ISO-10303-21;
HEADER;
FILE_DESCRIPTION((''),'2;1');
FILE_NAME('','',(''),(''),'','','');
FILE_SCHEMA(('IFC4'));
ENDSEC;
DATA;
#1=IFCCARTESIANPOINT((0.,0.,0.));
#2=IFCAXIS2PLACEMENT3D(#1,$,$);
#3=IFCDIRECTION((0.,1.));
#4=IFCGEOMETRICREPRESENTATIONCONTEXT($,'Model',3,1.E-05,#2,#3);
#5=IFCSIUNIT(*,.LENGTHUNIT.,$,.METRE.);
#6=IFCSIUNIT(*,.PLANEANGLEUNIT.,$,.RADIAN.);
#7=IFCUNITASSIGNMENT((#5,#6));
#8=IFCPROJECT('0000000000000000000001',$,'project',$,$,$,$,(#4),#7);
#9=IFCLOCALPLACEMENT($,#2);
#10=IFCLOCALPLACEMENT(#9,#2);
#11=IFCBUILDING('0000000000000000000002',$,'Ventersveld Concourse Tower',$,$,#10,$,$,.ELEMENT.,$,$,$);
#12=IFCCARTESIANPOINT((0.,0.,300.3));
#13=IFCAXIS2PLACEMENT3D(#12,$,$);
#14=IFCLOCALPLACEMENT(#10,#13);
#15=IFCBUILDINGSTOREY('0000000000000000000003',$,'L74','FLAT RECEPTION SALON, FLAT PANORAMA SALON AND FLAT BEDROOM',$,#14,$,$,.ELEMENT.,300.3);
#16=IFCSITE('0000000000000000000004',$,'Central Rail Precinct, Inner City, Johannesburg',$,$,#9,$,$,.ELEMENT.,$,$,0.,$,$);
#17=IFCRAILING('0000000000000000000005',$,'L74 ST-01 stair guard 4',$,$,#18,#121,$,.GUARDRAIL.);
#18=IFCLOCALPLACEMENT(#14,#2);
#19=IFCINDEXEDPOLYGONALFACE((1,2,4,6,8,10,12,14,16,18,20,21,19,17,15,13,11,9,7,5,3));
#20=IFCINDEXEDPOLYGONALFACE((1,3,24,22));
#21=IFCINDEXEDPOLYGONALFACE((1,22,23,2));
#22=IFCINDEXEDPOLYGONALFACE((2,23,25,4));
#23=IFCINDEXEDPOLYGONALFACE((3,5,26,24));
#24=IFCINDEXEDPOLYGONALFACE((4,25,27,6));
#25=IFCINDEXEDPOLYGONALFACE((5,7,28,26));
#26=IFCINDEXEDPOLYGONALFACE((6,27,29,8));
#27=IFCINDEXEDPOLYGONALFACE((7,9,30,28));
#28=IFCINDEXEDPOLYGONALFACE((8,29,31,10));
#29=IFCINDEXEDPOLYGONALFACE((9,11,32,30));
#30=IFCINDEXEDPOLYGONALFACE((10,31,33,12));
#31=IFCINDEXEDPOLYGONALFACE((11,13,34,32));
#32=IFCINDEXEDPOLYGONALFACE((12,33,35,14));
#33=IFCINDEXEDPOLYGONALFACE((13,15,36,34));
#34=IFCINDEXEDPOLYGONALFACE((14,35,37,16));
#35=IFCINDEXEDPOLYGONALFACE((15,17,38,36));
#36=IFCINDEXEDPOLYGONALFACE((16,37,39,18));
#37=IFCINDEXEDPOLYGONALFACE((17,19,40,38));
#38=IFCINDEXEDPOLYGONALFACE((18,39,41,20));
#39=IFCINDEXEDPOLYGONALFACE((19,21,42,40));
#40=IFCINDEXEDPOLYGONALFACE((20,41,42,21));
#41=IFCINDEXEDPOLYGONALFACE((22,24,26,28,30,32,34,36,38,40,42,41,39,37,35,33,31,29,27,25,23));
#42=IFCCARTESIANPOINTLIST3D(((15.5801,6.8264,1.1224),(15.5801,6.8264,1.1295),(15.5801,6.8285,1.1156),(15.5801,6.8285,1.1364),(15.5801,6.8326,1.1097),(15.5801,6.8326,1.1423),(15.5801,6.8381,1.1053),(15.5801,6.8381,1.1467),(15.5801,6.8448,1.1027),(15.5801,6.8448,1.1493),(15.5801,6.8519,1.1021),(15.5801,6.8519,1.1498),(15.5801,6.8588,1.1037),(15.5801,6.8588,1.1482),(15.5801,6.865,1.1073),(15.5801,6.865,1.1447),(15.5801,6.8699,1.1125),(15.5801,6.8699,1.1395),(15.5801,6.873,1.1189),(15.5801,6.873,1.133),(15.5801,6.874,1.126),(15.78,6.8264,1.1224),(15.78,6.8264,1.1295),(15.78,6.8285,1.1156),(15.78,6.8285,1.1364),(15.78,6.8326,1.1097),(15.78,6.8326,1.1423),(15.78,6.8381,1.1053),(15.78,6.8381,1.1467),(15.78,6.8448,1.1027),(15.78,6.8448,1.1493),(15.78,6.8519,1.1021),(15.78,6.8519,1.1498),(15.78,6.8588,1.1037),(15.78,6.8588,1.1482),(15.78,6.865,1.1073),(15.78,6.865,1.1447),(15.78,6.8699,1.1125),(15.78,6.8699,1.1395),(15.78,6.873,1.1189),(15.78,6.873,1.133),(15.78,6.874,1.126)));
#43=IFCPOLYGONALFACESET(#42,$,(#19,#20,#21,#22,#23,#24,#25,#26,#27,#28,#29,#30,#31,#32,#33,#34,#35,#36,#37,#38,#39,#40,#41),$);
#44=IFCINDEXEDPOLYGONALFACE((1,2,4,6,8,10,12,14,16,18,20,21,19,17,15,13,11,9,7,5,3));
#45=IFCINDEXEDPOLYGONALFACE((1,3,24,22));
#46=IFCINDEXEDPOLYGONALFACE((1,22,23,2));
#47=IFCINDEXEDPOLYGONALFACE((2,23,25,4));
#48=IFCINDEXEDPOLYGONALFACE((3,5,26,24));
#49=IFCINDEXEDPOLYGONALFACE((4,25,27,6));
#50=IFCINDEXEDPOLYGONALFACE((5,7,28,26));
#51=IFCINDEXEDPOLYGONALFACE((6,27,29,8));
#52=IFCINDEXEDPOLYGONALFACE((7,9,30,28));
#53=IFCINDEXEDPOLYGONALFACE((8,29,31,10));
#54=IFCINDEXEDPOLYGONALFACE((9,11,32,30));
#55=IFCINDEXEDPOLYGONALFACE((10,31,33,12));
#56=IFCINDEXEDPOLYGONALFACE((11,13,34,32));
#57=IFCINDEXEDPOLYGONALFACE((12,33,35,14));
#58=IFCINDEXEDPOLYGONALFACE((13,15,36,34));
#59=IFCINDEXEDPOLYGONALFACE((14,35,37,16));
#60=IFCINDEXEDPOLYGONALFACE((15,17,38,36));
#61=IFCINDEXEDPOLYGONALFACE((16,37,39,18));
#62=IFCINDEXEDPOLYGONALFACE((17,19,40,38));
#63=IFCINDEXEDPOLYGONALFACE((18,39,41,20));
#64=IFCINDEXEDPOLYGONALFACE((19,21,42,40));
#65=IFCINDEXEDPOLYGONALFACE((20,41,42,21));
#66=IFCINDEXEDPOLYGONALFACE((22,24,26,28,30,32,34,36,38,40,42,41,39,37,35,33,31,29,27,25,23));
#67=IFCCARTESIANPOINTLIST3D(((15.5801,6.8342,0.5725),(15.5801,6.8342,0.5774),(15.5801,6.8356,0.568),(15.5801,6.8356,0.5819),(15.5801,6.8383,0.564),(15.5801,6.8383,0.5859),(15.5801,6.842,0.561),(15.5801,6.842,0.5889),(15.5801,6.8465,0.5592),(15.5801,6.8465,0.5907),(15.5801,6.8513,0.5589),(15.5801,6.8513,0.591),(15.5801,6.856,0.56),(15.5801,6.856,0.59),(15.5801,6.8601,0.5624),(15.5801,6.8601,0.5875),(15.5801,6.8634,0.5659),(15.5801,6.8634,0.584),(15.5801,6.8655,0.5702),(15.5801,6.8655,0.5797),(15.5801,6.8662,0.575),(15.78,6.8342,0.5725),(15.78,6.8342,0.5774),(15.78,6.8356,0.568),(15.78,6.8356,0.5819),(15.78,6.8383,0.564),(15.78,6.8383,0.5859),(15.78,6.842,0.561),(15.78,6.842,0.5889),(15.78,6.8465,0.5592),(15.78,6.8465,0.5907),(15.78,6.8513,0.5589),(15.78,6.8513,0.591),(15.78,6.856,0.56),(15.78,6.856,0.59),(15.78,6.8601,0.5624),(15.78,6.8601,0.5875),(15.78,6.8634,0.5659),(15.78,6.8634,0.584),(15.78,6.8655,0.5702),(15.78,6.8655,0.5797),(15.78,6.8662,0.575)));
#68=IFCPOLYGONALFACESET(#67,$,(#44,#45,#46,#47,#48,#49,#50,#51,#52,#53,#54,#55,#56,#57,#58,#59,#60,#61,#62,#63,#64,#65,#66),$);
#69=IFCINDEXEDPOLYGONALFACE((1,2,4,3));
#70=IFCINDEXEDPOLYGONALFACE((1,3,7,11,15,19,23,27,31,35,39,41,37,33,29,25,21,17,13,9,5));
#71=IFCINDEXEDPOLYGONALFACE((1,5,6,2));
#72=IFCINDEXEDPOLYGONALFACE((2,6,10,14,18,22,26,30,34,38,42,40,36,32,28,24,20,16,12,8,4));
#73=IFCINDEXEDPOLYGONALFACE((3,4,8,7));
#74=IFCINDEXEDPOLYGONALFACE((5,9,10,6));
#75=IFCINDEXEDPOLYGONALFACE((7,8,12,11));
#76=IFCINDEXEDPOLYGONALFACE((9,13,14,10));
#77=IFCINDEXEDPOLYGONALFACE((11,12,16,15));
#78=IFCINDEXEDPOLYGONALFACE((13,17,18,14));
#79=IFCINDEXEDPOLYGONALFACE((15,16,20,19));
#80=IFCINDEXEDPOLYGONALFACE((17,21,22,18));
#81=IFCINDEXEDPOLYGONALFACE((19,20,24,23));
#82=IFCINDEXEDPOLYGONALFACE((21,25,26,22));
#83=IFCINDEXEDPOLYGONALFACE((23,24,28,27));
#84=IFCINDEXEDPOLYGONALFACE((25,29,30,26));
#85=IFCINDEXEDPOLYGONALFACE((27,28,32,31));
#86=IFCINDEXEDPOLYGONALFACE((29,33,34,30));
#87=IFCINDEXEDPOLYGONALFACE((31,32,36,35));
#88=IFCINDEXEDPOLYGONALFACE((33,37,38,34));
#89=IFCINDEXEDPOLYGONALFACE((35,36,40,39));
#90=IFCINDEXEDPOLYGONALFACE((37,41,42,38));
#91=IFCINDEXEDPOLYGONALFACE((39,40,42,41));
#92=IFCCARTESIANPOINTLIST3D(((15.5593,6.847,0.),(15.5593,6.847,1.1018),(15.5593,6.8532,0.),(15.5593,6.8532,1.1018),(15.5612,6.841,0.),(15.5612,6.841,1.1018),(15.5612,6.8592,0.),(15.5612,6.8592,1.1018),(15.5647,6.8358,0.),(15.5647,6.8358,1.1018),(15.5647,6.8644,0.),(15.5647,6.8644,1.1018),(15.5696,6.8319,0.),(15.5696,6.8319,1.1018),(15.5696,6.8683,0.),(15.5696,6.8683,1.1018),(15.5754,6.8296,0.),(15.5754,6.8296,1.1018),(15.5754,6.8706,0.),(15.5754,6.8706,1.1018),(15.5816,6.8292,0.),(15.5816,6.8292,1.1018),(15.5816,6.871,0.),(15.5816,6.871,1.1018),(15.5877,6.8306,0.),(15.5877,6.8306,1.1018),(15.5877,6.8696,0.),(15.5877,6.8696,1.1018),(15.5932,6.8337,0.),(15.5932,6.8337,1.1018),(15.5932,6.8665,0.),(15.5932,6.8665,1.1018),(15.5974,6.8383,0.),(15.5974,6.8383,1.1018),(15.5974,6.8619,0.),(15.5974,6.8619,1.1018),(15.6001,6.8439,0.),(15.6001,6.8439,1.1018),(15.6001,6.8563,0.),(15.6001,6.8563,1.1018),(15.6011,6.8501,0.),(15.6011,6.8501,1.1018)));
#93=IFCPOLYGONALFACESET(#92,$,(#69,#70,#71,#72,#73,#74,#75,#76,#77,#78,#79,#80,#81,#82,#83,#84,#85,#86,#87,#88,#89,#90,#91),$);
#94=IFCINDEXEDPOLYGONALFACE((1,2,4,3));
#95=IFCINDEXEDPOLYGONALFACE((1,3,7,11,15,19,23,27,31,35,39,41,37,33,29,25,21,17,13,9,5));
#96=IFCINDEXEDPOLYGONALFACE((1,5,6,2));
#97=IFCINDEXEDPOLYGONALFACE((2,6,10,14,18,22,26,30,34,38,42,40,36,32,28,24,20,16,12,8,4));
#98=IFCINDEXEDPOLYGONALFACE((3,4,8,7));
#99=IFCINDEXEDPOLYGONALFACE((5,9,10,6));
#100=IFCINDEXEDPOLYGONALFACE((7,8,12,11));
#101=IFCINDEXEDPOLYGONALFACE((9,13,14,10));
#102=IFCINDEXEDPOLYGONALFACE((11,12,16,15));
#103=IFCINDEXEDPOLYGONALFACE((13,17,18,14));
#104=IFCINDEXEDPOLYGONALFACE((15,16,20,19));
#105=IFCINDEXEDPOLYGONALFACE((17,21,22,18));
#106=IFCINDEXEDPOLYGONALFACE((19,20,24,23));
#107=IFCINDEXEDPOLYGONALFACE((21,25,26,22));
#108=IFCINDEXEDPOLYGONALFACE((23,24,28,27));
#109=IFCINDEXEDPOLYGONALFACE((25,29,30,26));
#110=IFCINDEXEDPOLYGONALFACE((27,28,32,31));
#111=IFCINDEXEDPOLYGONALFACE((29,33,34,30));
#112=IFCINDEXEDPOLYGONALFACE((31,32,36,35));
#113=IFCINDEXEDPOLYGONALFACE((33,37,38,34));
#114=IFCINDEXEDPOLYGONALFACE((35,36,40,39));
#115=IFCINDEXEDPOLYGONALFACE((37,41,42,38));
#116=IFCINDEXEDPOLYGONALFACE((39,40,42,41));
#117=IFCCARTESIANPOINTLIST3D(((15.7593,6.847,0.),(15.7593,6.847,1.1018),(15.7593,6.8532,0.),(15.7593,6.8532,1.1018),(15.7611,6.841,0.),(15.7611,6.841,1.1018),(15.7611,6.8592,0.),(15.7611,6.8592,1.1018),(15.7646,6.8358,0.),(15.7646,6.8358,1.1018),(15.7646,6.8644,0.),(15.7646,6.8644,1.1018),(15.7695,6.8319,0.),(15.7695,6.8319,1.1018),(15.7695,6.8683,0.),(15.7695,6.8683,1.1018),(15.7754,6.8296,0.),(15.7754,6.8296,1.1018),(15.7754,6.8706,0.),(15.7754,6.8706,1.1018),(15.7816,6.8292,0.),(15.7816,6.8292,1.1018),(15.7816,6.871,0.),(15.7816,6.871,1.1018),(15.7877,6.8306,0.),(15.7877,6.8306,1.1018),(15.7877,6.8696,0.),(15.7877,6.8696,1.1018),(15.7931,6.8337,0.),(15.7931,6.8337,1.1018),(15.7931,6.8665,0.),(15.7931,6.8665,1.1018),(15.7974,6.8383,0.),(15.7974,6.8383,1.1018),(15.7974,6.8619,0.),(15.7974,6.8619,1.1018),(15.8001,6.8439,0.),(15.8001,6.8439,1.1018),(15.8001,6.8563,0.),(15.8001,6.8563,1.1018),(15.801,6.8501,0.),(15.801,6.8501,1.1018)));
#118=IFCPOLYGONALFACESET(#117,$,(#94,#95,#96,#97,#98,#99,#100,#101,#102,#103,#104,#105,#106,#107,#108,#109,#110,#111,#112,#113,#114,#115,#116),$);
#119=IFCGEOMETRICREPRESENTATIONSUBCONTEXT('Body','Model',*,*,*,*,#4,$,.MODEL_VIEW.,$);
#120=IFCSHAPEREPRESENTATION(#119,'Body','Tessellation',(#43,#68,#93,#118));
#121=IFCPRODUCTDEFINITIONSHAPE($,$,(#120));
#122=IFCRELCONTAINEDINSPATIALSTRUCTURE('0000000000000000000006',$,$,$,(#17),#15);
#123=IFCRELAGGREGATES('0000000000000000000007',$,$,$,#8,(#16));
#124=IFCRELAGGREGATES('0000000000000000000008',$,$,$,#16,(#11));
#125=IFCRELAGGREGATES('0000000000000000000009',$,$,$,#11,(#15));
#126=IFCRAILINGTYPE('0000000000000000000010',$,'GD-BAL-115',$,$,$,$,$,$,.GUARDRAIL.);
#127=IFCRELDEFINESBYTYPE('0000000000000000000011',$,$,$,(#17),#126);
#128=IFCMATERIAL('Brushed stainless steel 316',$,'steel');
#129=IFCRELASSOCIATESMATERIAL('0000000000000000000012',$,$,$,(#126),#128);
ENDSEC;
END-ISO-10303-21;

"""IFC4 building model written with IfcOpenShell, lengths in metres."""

from ifc_helpers import new_model, si_unit, direction, frame, origin, origin_2d, place, context, subcontext, project, spatial, circle, extrude, material, type_object, element, save


model = new_model("IFC4")

# Units and contexts
model_context = context("Model", 3, precision=1e-05, world=origin(), true_north=direction((0.0, 1.0)))
body_context = subcontext(model_context, "Body", "Model", "MODEL_VIEW")
ifc_project = project(units=[si_unit("LENGTHUNIT", "METRE"), si_unit("PLANEANGLEUNIT", "RADIAN")], contexts=[model_context])

# Site, building, storey
site_placement = place(None, origin())
site = spatial("IfcSite", under=ifc_project, at=site_placement, Name="Central Rail Precinct, Inner City, Johannesburg", CompositionType="ELEMENT", RefElevation=0.0)
building_placement = place(site_placement, origin())
building = spatial("IfcBuilding", under=site, at=building_placement, Name="Ventersveld Concourse Tower", CompositionType="ELEMENT")
storey_placement = place(building_placement, frame((0.0, 0.0, 300.3)))
storey = spatial("IfcBuildingStorey", under=building, at=storey_placement, Name="L74", Description="FLAT RECEPTION SALON, FLAT PANORAMA SALON AND FLAT BEDROOM", CompositionType="ELEMENT", Elevation=300.3)

# Railing
ifc_material_1 = material(Name="Brushed stainless steel 316", Category="steel")
railing_type_1 = type_object("IfcRailingType", Name="GD-BAL-115", PredefinedType="GUARDRAIL", material=ifc_material_1)
railing_1_placement = place(storey_placement, frame((15.5801, 6.8501, 0.0)))
element("IfcRailing", 1, at=railing_1_placement, inside=storey, type_object=railing_type_1, Name="L74 ST-01 stair guard 4", PredefinedType="GUARDRAIL", context=body_context, shape_type="SweptSolid", body=[
    extrude(circle(Radius=0.0239, at=origin_2d()), frame((0.0, 0.0, 1.126), z_axis=(1.0, 0.0, 0.0), x_axis=(0.0, 1.0, 0.0)), (0.0, 0.0, 1.0), 0.2),
    extrude(circle(Radius=0.0161, at=origin_2d()), frame((0.0, 0.0, 0.575), z_axis=(1.0, 0.0, 0.0), x_axis=(0.0, 1.0, 0.0)), (0.0, 0.0, 1.0), 0.2),
    extrude(circle(Radius=0.021, at=origin_2d()), origin(), (0.0, 0.0, 1.0), 1.1018),
    extrude(circle(Radius=0.021, at=origin_2d()), frame((0.2, 0.0, 0.0)), (0.0, 0.0, 1.0), 1.1018),
])

save(model, "model.ifc")
